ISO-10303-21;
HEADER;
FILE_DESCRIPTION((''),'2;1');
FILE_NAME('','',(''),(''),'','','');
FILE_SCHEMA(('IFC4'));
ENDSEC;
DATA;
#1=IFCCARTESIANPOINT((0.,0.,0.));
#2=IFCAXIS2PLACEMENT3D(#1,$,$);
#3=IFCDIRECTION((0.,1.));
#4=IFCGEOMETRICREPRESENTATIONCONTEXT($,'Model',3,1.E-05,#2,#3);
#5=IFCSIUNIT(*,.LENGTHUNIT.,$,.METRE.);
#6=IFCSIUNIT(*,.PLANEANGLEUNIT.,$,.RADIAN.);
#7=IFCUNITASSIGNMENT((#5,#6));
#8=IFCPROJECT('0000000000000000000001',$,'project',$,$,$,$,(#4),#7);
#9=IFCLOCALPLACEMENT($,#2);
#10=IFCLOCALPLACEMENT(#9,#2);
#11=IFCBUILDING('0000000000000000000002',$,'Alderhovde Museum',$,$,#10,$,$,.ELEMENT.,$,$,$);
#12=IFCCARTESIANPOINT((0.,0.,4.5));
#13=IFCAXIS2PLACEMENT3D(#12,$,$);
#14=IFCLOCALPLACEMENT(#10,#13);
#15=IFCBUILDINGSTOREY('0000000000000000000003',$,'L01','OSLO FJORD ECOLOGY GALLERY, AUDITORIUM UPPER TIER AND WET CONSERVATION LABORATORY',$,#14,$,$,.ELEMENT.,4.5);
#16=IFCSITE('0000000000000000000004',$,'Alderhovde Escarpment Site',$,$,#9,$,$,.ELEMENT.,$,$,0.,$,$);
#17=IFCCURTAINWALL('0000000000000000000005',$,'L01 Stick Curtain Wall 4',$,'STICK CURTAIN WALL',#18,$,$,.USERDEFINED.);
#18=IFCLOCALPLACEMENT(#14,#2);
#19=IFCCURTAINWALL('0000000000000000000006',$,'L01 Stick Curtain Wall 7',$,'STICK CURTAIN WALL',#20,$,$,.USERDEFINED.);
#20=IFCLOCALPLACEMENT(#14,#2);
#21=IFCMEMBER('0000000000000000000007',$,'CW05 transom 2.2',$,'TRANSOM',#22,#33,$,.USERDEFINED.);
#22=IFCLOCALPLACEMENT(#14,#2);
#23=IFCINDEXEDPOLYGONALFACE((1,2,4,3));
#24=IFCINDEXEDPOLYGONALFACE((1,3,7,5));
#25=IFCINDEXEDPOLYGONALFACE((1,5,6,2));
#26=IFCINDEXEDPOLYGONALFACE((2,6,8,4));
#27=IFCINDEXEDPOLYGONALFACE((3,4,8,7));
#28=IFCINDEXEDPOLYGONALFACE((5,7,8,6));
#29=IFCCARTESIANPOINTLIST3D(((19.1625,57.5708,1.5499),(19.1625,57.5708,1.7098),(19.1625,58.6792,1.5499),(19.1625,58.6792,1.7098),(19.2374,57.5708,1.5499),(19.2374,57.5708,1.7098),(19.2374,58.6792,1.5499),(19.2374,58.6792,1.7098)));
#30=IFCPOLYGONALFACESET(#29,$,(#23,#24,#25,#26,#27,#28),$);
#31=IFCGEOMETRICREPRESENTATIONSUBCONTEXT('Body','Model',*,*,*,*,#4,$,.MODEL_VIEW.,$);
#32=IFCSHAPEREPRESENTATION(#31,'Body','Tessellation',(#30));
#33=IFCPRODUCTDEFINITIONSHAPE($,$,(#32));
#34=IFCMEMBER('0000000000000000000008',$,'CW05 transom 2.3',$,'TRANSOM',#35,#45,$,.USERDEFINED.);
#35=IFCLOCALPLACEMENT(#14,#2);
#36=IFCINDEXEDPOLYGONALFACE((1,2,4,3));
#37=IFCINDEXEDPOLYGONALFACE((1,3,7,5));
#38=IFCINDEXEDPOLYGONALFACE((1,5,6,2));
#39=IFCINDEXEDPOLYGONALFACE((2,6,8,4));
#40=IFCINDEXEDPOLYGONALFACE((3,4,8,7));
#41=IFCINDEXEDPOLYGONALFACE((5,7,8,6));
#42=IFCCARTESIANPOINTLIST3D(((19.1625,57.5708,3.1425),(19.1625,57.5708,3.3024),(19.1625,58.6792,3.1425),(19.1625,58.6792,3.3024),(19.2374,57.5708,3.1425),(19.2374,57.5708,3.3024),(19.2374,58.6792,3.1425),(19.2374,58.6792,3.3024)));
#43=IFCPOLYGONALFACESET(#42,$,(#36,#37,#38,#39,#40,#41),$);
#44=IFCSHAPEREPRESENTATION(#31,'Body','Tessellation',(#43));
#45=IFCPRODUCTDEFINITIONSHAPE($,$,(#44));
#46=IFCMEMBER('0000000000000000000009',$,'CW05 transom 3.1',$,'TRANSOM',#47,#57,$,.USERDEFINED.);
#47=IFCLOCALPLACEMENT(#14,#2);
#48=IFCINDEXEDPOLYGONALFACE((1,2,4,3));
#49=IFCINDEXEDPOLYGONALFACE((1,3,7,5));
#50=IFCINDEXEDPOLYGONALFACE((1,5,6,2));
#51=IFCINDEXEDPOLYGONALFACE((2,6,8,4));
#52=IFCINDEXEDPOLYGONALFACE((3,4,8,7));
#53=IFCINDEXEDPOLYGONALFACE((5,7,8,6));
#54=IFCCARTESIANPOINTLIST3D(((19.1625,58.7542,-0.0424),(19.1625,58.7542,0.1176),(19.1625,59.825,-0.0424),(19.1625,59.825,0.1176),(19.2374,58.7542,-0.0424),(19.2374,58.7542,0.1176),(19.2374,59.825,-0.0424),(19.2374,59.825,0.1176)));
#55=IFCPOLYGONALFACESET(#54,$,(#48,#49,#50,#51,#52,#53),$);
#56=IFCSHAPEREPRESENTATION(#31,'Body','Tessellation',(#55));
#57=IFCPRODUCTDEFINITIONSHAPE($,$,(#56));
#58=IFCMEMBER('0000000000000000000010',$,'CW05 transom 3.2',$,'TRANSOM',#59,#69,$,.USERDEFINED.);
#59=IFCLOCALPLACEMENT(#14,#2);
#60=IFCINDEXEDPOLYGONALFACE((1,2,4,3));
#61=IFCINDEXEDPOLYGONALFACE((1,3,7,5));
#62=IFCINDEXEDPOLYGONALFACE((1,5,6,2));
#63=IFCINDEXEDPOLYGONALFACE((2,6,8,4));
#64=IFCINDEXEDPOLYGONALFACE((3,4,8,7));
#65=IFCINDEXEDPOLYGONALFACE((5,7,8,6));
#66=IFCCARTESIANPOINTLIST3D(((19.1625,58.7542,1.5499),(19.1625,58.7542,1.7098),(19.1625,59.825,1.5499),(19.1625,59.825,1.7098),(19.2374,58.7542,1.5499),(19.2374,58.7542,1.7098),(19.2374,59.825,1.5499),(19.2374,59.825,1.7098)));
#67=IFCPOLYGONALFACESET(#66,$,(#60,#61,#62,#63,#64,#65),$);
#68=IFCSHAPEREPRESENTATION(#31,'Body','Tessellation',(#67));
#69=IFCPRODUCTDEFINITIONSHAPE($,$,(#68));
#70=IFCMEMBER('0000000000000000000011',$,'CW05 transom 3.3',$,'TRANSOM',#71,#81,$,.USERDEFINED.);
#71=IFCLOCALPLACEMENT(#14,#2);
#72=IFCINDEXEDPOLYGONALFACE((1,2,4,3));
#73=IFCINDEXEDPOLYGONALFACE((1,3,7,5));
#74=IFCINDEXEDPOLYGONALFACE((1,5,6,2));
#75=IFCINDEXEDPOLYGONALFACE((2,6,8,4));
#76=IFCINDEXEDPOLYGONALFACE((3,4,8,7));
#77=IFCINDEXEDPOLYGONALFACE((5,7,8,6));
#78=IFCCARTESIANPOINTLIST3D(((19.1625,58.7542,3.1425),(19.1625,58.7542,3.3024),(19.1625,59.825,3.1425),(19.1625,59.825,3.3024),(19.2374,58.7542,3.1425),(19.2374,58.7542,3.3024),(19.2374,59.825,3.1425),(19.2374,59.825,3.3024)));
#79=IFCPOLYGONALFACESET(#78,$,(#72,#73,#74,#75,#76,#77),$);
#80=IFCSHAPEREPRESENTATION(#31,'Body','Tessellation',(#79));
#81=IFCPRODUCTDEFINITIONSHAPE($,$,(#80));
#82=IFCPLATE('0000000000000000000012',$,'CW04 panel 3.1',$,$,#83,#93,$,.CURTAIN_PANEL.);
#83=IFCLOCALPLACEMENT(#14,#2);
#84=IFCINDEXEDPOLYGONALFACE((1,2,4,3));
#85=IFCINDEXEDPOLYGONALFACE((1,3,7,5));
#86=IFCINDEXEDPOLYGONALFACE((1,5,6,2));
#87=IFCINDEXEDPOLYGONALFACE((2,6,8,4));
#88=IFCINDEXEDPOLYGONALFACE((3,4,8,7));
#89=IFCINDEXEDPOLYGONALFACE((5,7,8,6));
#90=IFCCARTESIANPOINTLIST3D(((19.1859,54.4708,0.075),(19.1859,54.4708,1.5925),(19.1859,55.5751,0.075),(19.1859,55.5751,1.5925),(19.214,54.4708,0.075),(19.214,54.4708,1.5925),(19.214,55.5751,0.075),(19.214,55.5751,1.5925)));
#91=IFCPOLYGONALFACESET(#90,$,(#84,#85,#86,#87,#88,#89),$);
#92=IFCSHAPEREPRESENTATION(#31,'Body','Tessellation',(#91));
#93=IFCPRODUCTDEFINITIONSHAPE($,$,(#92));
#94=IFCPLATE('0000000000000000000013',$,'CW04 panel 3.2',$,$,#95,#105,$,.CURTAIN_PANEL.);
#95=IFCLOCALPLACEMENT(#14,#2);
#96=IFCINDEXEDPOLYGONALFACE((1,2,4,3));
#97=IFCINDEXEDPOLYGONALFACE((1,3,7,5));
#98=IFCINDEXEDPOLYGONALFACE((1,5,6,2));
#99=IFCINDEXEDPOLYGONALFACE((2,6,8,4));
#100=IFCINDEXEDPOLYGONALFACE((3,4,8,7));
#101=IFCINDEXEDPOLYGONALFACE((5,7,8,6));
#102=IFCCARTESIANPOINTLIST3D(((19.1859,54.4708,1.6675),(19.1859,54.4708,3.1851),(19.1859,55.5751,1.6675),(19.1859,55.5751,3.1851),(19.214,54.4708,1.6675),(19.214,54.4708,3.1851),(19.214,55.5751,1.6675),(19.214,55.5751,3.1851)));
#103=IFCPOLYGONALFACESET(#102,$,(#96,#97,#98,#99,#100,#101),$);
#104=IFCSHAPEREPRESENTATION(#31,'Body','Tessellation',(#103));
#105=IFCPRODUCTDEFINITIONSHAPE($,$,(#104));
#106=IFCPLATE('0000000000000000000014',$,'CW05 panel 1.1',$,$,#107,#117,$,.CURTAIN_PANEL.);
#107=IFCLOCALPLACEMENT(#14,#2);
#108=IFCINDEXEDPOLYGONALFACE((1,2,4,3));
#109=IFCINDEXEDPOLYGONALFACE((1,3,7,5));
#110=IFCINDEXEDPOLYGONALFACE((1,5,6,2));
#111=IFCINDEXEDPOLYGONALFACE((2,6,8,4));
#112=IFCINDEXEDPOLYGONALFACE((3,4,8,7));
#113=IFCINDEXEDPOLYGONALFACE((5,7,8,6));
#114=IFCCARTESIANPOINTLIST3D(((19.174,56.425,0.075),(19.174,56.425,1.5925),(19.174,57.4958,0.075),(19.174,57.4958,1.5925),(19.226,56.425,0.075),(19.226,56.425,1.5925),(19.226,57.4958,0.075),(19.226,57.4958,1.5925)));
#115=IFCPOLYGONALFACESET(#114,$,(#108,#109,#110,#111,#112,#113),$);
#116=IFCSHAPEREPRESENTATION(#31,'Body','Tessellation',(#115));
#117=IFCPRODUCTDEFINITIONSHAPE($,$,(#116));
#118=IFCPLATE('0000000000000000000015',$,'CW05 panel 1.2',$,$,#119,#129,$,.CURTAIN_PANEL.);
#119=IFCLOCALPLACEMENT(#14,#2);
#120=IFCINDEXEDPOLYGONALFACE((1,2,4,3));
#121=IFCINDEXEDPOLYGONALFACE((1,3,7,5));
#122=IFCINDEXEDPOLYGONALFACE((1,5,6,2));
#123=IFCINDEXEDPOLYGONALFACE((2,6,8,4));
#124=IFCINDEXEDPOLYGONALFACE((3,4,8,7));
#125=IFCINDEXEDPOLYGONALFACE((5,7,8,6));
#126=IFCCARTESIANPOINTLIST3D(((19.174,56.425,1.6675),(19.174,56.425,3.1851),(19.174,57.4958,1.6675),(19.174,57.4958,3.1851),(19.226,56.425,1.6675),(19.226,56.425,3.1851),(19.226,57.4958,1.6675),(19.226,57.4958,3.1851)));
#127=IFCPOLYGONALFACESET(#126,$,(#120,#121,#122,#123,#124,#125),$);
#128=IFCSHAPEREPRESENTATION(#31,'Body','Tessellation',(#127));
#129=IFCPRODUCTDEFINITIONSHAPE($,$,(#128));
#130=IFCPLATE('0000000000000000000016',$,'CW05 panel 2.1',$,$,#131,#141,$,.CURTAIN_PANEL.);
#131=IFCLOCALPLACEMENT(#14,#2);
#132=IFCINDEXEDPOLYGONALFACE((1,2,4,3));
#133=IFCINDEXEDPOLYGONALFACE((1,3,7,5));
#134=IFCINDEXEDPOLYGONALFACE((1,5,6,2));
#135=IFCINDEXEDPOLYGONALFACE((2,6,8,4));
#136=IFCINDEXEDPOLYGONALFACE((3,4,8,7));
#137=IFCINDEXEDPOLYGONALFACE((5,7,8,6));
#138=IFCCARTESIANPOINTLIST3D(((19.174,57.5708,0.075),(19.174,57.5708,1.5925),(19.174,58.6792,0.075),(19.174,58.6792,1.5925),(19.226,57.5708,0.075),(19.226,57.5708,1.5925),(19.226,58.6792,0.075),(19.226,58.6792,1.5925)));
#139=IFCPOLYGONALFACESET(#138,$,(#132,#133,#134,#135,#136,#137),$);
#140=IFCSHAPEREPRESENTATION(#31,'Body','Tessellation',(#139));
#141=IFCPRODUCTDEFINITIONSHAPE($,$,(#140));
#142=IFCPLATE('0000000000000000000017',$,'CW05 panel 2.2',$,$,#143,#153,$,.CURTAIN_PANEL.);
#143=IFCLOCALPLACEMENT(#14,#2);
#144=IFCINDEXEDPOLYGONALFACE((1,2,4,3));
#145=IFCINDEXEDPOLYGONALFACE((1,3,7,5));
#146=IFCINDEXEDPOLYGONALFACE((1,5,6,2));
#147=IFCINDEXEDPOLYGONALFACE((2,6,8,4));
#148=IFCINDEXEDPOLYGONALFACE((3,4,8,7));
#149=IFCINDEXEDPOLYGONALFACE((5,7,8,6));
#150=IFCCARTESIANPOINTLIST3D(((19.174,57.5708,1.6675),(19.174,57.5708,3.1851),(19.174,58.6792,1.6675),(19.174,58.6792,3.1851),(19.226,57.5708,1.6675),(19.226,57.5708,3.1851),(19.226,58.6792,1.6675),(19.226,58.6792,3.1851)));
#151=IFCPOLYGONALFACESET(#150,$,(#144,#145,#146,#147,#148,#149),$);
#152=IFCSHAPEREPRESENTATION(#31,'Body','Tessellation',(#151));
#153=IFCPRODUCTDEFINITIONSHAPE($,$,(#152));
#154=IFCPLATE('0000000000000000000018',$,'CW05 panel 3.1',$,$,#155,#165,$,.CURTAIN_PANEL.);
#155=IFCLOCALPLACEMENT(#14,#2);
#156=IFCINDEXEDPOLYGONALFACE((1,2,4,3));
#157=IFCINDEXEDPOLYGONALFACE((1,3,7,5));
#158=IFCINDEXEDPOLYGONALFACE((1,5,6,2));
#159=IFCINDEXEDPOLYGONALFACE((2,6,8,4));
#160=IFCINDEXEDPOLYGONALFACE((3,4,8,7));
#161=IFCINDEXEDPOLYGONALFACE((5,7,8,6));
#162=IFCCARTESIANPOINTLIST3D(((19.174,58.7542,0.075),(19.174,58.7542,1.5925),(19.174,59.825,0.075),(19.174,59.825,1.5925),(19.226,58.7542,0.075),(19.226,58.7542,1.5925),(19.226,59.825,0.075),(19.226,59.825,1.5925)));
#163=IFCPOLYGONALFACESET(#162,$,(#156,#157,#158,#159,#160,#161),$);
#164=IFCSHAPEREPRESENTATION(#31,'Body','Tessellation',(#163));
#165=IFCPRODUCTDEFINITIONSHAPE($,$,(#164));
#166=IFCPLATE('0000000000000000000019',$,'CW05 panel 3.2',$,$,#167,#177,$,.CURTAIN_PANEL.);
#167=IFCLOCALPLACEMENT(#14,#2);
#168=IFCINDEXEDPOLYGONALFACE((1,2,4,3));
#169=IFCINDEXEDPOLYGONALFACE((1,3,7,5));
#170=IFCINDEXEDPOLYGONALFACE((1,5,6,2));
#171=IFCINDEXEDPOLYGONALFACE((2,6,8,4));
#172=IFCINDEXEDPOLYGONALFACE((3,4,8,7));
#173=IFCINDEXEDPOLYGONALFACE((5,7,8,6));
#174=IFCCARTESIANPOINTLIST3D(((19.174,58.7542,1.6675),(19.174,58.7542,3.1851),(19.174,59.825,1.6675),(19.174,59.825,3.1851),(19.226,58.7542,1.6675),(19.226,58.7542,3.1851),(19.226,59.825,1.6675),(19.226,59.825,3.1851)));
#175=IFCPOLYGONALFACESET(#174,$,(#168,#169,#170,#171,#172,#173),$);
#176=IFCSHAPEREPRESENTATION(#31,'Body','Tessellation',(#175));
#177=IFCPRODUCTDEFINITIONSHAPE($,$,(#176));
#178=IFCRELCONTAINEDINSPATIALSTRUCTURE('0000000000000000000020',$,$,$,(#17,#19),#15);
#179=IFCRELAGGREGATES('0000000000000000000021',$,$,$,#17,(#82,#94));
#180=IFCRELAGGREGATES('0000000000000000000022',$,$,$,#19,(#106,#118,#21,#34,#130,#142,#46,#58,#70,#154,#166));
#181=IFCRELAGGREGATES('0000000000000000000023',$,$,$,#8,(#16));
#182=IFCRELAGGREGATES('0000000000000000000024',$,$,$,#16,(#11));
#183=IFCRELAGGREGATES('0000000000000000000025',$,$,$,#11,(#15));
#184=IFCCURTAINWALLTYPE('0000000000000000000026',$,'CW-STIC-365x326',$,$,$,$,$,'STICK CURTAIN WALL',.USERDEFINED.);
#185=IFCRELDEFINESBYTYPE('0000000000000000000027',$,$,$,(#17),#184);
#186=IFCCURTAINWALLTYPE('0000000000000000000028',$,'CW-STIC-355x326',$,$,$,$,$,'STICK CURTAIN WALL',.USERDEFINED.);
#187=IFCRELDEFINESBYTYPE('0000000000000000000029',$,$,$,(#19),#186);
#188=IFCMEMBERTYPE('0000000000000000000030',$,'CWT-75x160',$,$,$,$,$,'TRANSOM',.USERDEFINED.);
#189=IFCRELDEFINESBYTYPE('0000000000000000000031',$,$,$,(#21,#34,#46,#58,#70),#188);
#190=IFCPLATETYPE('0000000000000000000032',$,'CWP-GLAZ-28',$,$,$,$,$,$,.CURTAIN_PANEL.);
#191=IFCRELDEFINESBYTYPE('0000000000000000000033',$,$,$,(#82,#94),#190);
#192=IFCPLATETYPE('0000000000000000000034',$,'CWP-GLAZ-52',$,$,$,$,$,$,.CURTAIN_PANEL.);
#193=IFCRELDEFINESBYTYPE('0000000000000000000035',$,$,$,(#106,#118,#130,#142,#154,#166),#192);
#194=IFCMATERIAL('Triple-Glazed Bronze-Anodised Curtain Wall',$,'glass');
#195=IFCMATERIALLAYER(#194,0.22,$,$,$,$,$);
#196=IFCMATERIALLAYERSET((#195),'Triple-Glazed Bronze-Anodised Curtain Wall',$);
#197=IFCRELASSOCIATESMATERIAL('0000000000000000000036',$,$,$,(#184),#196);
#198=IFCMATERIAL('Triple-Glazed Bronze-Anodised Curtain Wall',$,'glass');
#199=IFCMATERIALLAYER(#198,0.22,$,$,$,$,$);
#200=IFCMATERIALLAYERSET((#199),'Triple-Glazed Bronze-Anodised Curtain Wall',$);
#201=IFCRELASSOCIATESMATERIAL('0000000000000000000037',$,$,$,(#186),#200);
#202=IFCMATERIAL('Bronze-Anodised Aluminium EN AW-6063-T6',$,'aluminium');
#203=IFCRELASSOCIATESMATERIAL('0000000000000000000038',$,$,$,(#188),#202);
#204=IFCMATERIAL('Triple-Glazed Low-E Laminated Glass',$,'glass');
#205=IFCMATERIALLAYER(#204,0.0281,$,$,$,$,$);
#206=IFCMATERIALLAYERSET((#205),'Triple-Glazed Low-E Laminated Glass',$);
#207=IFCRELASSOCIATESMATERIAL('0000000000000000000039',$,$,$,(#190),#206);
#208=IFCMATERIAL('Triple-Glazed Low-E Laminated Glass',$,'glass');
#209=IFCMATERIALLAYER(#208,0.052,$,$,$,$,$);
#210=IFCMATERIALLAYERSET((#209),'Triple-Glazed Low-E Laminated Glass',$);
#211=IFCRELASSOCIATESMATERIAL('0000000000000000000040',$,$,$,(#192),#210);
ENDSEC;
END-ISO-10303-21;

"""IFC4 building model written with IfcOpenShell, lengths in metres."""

from ifc_helpers import new_model, si_unit, direction, frame, origin, origin_2d, place, context, subcontext, project, spatial, rectangle, extrude, material, layer, layer_set, material_profile, profile_set, type_object, element, aggregate, save


model = new_model("IFC4")

# Units and contexts
model_context = context("Model", 3, precision=1e-05, world=origin(), true_north=direction((0.0, 1.0)))
body_context = subcontext(model_context, "Body", "Model", "MODEL_VIEW")
ifc_project = project(units=[si_unit("LENGTHUNIT", "METRE"), si_unit("PLANEANGLEUNIT", "RADIAN")], contexts=[model_context])

# Site, building, storey
site_placement = place(None, origin())
site = spatial("IfcSite", under=ifc_project, at=site_placement, Name="Alderhovde Escarpment Site", CompositionType="ELEMENT", RefElevation=0.0)
building_placement = place(site_placement, origin())
building = spatial("IfcBuilding", under=site, at=building_placement, Name="Alderhovde Museum", CompositionType="ELEMENT")
storey_placement = place(building_placement, frame((0.0, 0.0, 4.5)))
storey = spatial("IfcBuildingStorey", under=building, at=storey_placement, Name="L01", Description="OSLO FJORD ECOLOGY GALLERY, AUDITORIUM UPPER TIER AND WET CONSERVATION LABORATORY", CompositionType="ELEMENT", Elevation=4.5)

# Curtain wall
ifc_material_1 = material(Name="Triple-Glazed Bronze-Anodised Curtain Wall", Category="glass")
ifc_layer_1 = layer(ifc_material_1, 0.22)
ifc_layer_set_1 = layer_set([ifc_layer_1], Name="Triple-Glazed Bronze-Anodised Curtain Wall")
curtain_wall_type_1 = type_object("IfcCurtainWallType", Name="CW-STIC-365x326", ElementType="STICK CURTAIN WALL", PredefinedType="USERDEFINED", material=ifc_layer_set_1)
curtain_wall_1_placement = place(storey_placement, origin())
curtain_wall_1 = element("IfcCurtainWall", 1, at=curtain_wall_1_placement, inside=storey, type_object=curtain_wall_type_1, Name="L01 Stick Curtain Wall 4", ObjectType="STICK CURTAIN WALL", PredefinedType="USERDEFINED")

# Curtain wall
ifc_material_2 = material(Name="Triple-Glazed Bronze-Anodised Curtain Wall", Category="glass")
ifc_layer_2 = layer(ifc_material_2, 0.22)
ifc_layer_set_2 = layer_set([ifc_layer_2], Name="Triple-Glazed Bronze-Anodised Curtain Wall")
curtain_wall_type_2 = type_object("IfcCurtainWallType", Name="CW-STIC-355x326", ElementType="STICK CURTAIN WALL", PredefinedType="USERDEFINED", material=ifc_layer_set_2)
curtain_wall_2_placement = place(storey_placement, origin())
curtain_wall_2 = element("IfcCurtainWall", 2, at=curtain_wall_2_placement, inside=storey, type_object=curtain_wall_type_2, Name="L01 Stick Curtain Wall 7", ObjectType="STICK CURTAIN WALL", PredefinedType="USERDEFINED")

# Members
ifc_material_3 = material(Name="Bronze-Anodised Aluminium EN AW-6063-T6", Category="aluminium")
ifc_material_profile_1 = material_profile(ifc_material_3, rectangle(XDim=0.075, YDim=0.1599, at=origin_2d()), Name="TRANSOM 75x160")
ifc_profile_set_1 = profile_set([ifc_material_profile_1], Name="Bronze-Anodised Aluminium EN AW-6063-T6")
member_type_1 = type_object("IfcMemberType", Name="CWT-75x160", ElementType="TRANSOM", PredefinedType="USERDEFINED", material=ifc_profile_set_1)
member_1_placement = place(storey_placement, frame((19.2, 57.5708, 1.6299), z_axis=(0.0, 1.0, 0.0), x_axis=(-1.0, 0.0, 0.0)))
member_1 = element("IfcMember", 3, at=member_1_placement, type_object=member_type_1, Name="CW05 transom 2.2", ObjectType="TRANSOM", PredefinedType="USERDEFINED", context=body_context, shape_type="SweptSolid", body=[
    extrude(rectangle(XDim=0.075, YDim=0.1599, at=origin_2d()), origin(), (0.0, 0.0, 1.0), 1.1084),
])
member_2_placement = place(storey_placement, frame((19.2, 57.5708, 3.2224), z_axis=(0.0, 1.0, 0.0), x_axis=(-1.0, 0.0, 0.0)))
member_2 = element("IfcMember", 4, at=member_2_placement, type_object=member_type_1, Name="CW05 transom 2.3", ObjectType="TRANSOM", PredefinedType="USERDEFINED", context=body_context, shape_type="SweptSolid", body=[
    extrude(rectangle(XDim=0.075, YDim=0.1599, at=origin_2d()), origin(), (0.0, 0.0, 1.0), 1.1084),
])
member_3_placement = place(storey_placement, frame((19.2, 58.7542, 0.0376), z_axis=(0.0, 1.0, 0.0), x_axis=(-1.0, 0.0, 0.0)))
member_3 = element("IfcMember", 5, at=member_3_placement, type_object=member_type_1, Name="CW05 transom 3.1", ObjectType="TRANSOM", PredefinedType="USERDEFINED", context=body_context, shape_type="SweptSolid", body=[
    extrude(rectangle(XDim=0.075, YDim=0.1599, at=origin_2d()), origin(), (0.0, 0.0, 1.0), 1.0708),
])
member_4_placement = place(storey_placement, frame((19.2, 58.7542, 1.6299), z_axis=(0.0, 1.0, 0.0), x_axis=(-1.0, 0.0, 0.0)))
member_4 = element("IfcMember", 6, at=member_4_placement, type_object=member_type_1, Name="CW05 transom 3.2", ObjectType="TRANSOM", PredefinedType="USERDEFINED", context=body_context, shape_type="SweptSolid", body=[
    extrude(rectangle(XDim=0.075, YDim=0.1599, at=origin_2d()), origin(), (0.0, 0.0, 1.0), 1.0708),
])
member_5_placement = place(storey_placement, frame((19.2, 58.7542, 3.2224), z_axis=(0.0, 1.0, 0.0), x_axis=(-1.0, 0.0, 0.0)))
member_5 = element("IfcMember", 7, at=member_5_placement, type_object=member_type_1, Name="CW05 transom 3.3", ObjectType="TRANSOM", PredefinedType="USERDEFINED", context=body_context, shape_type="SweptSolid", body=[
    extrude(rectangle(XDim=0.075, YDim=0.1599, at=origin_2d()), origin(), (0.0, 0.0, 1.0), 1.0708),
])

# Plates
ifc_material_4 = material(Name="Triple-Glazed Low-E Laminated Glass", Category="glass")
ifc_layer_3 = layer(ifc_material_4, 0.0281)
ifc_layer_set_3 = layer_set([ifc_layer_3], Name="Triple-Glazed Low-E Laminated Glass")
plate_type_1 = type_object("IfcPlateType", Name="CWP-GLAZ-28", PredefinedType="CURTAIN_PANEL", material=ifc_layer_set_3)
plate_1_placement = place(storey_placement, frame((19.2, 55.0229, 0.075), z_axis=(0.0, 0.0, 1.0), x_axis=(0.0, 1.0, 0.0)))
plate_1 = element("IfcPlate", 8, at=plate_1_placement, type_object=plate_type_1, Name="CW04 panel 3.1", PredefinedType="CURTAIN_PANEL", context=body_context, shape_type="SweptSolid", body=[
    extrude(rectangle(XDim=1.1042, YDim=0.0281, at=origin_2d()), origin(), (0.0, 0.0, 1.0), 1.5176),
])
plate_2_placement = place(storey_placement, frame((19.2, 55.0229, 1.6675), z_axis=(0.0, 0.0, 1.0), x_axis=(0.0, 1.0, 0.0)))
plate_2 = element("IfcPlate", 9, at=plate_2_placement, type_object=plate_type_1, Name="CW04 panel 3.2", PredefinedType="CURTAIN_PANEL", context=body_context, shape_type="SweptSolid", body=[
    extrude(rectangle(XDim=1.1042, YDim=0.0281, at=origin_2d()), origin(), (0.0, 0.0, 1.0), 1.5176),
])
aggregate(curtain_wall_1, [plate_1, plate_2])
ifc_material_5 = material(Name="Triple-Glazed Low-E Laminated Glass", Category="glass")
ifc_layer_4 = layer(ifc_material_5, 0.052)
ifc_layer_set_4 = layer_set([ifc_layer_4], Name="Triple-Glazed Low-E Laminated Glass")
plate_type_2 = type_object("IfcPlateType", Name="CWP-GLAZ-52", PredefinedType="CURTAIN_PANEL", material=ifc_layer_set_4)
plate_3_placement = place(storey_placement, frame((19.2, 56.9604, 0.075), z_axis=(0.0, 0.0, 1.0), x_axis=(0.0, 1.0, 0.0)))
plate_3 = element("IfcPlate", 10, at=plate_3_placement, type_object=plate_type_2, Name="CW05 panel 1.1", PredefinedType="CURTAIN_PANEL", context=body_context, shape_type="SweptSolid", body=[
    extrude(rectangle(XDim=1.0708, YDim=0.052, at=origin_2d()), origin(), (0.0, 0.0, 1.0), 1.5176),
])
plate_4_placement = place(storey_placement, frame((19.2, 56.9604, 1.6675), z_axis=(0.0, 0.0, 1.0), x_axis=(0.0, 1.0, 0.0)))
plate_4 = element("IfcPlate", 11, at=plate_4_placement, type_object=plate_type_2, Name="CW05 panel 1.2", PredefinedType="CURTAIN_PANEL", context=body_context, shape_type="SweptSolid", body=[
    extrude(rectangle(XDim=1.0708, YDim=0.052, at=origin_2d()), origin(), (0.0, 0.0, 1.0), 1.5176),
])
plate_5_placement = place(storey_placement, frame((19.2, 58.125, 0.075), z_axis=(0.0, 0.0, 1.0), x_axis=(0.0, 1.0, 0.0)))
plate_5 = element("IfcPlate", 12, at=plate_5_placement, type_object=plate_type_2, Name="CW05 panel 2.1", PredefinedType="CURTAIN_PANEL", context=body_context, shape_type="SweptSolid", body=[
    extrude(rectangle(XDim=1.1084, YDim=0.052, at=origin_2d()), origin(), (0.0, 0.0, 1.0), 1.5176),
])
plate_6_placement = place(storey_placement, frame((19.2, 58.125, 1.6675), z_axis=(0.0, 0.0, 1.0), x_axis=(0.0, 1.0, 0.0)))
plate_6 = element("IfcPlate", 13, at=plate_6_placement, type_object=plate_type_2, Name="CW05 panel 2.2", PredefinedType="CURTAIN_PANEL", context=body_context, shape_type="SweptSolid", body=[
    extrude(rectangle(XDim=1.1084, YDim=0.052, at=origin_2d()), origin(), (0.0, 0.0, 1.0), 1.5176),
])
plate_7_placement = place(storey_placement, frame((19.2, 59.2896, 0.075), z_axis=(0.0, 0.0, 1.0), x_axis=(0.0, 1.0, 0.0)))
plate_7 = element("IfcPlate", 14, at=plate_7_placement, type_object=plate_type_2, Name="CW05 panel 3.1", PredefinedType="CURTAIN_PANEL", context=body_context, shape_type="SweptSolid", body=[
    extrude(rectangle(XDim=1.0708, YDim=0.052, at=origin_2d()), origin(), (0.0, 0.0, 1.0), 1.5176),
])
plate_8_placement = place(storey_placement, frame((19.2, 59.2896, 1.6675), z_axis=(0.0, 0.0, 1.0), x_axis=(0.0, 1.0, 0.0)))
plate_8 = element("IfcPlate", 15, at=plate_8_placement, type_object=plate_type_2, Name="CW05 panel 3.2", PredefinedType="CURTAIN_PANEL", context=body_context, shape_type="SweptSolid", body=[
    extrude(rectangle(XDim=1.0708, YDim=0.052, at=origin_2d()), origin(), (0.0, 0.0, 1.0), 1.5176),
])
aggregate(curtain_wall_2, [plate_3, plate_4, member_1, member_2, plate_5, plate_6, member_3, member_4, member_5, plate_7, plate_8])

save(model, "model.ifc")
